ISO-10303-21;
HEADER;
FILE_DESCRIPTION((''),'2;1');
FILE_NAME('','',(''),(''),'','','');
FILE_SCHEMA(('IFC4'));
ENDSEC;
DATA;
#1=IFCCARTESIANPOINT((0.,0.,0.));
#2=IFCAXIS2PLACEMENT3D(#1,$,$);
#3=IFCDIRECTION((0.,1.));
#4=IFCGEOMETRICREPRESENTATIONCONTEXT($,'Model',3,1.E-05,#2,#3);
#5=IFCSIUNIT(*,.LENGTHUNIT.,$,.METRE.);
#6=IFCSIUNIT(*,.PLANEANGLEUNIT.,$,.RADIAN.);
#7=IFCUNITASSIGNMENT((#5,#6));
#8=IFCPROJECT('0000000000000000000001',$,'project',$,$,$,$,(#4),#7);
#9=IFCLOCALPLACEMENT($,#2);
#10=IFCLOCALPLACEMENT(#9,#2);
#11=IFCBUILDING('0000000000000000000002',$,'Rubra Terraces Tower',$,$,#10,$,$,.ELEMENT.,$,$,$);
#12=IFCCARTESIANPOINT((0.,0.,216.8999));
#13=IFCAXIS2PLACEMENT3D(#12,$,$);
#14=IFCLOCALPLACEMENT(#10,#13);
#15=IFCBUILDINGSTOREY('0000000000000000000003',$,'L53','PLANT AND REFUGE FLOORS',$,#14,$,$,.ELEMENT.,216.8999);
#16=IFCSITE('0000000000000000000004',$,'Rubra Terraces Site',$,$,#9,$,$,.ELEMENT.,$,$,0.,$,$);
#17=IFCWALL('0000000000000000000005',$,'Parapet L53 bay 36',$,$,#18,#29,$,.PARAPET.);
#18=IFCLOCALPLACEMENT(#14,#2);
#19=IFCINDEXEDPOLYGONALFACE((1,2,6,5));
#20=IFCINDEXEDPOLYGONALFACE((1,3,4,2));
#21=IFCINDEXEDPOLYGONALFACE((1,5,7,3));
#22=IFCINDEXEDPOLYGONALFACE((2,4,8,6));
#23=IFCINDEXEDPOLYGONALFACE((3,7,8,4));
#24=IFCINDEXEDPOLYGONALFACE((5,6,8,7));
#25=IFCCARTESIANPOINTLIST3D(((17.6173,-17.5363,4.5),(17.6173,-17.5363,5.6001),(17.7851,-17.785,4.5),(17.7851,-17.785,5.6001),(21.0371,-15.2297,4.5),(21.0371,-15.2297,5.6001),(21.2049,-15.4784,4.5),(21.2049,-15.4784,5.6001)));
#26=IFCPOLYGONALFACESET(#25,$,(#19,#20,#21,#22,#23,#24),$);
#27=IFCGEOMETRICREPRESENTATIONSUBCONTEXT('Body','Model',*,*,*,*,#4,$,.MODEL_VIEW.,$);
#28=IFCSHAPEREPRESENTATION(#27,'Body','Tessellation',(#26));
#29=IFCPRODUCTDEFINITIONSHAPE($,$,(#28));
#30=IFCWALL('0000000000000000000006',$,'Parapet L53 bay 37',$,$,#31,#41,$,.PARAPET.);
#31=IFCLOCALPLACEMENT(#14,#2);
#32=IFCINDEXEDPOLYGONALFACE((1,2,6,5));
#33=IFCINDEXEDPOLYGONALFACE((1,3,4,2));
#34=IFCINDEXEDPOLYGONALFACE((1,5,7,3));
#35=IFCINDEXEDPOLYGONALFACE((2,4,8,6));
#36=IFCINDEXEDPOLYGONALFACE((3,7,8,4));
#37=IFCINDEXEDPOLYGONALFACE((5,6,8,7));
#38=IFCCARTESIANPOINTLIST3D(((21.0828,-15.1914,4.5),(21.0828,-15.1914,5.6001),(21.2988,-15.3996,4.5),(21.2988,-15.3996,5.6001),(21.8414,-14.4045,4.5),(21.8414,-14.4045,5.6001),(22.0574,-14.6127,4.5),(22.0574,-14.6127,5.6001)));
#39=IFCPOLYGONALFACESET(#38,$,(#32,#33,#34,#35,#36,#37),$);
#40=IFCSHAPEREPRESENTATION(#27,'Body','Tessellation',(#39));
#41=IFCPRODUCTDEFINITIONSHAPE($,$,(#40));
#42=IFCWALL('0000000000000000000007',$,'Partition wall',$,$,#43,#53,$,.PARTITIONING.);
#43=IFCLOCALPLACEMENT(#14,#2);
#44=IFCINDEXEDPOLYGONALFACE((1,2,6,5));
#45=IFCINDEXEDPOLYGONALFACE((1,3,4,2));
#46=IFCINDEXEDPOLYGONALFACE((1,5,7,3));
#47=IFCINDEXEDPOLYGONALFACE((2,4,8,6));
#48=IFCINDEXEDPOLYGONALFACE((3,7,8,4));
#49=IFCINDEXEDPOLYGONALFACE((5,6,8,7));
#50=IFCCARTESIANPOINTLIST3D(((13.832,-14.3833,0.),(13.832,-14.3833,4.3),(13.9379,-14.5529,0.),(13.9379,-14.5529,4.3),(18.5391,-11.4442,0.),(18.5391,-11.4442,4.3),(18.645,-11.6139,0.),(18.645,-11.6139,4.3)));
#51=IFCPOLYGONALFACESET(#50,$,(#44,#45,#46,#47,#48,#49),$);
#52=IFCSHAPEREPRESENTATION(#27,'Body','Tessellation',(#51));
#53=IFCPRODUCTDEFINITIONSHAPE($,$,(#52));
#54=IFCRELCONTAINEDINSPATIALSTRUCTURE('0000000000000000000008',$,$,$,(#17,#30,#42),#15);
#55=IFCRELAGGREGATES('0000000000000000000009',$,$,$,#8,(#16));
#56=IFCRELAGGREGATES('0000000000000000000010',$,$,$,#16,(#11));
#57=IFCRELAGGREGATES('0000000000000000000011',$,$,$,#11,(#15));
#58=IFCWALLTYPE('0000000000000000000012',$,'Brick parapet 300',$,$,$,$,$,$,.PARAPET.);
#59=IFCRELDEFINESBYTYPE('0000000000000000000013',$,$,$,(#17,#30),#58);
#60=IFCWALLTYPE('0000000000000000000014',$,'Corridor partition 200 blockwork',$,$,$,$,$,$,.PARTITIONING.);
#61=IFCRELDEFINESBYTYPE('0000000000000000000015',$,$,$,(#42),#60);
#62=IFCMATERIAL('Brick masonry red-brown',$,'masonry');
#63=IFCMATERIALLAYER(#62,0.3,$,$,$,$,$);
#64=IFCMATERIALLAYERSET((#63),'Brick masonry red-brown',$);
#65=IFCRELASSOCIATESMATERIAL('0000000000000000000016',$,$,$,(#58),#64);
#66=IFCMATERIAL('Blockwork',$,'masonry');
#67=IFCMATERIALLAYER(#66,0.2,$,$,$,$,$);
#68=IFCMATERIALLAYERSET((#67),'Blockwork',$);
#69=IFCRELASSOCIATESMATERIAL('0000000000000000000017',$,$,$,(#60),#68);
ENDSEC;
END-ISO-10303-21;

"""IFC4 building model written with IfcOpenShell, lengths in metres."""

from ifc_helpers import new_model, si_unit, direction, frame, frame_2d, origin, place, context, subcontext, project, spatial, rectangle, extrude, material, layer, layer_set, type_object, element, save


model = new_model("IFC4")

# Units and contexts
model_context = context("Model", 3, precision=1e-05, world=origin(), true_north=direction((0.0, 1.0)))
body_context = subcontext(model_context, "Body", "Model", "MODEL_VIEW")
ifc_project = project(units=[si_unit("LENGTHUNIT", "METRE"), si_unit("PLANEANGLEUNIT", "RADIAN")], contexts=[model_context])

# Site, building, storey
site_placement = place(None, origin())
site = spatial("IfcSite", under=ifc_project, at=site_placement, Name="Rubra Terraces Site", CompositionType="ELEMENT", RefElevation=0.0)
building_placement = place(site_placement, origin())
building = spatial("IfcBuilding", under=site, at=building_placement, Name="Rubra Terraces Tower", CompositionType="ELEMENT")
storey_placement = place(building_placement, frame((0.0, 0.0, 216.8999)))
storey = spatial("IfcBuildingStorey", under=building, at=storey_placement, Name="L53", Description="PLANT AND REFUGE FLOORS", CompositionType="ELEMENT", Elevation=216.8999)

# Shared definitions
ifc_material_1 = material(Name="Brick masonry red-brown", Category="masonry")

# Walls
ifc_layer_1 = layer(ifc_material_1, 0.3)
ifc_layer_set_1 = layer_set([ifc_layer_1], Name="Brick masonry red-brown")
wall_type_1 = type_object("IfcWallType", Name="Brick parapet 300", PredefinedType="PARAPET", material=ifc_layer_set_1)
wall_1_placement = place(storey_placement, frame((17.7012, -17.6606, 4.5), z_axis=(0.0, 0.0, 1.0), x_axis=(0.829052, 0.559172, 0.0)))
element("IfcWall", 1, at=wall_1_placement, inside=storey, type_object=wall_type_1, Name="Parapet L53 bay 36", PredefinedType="PARAPET", context=body_context, shape_type="SweptSolid", body=[
    extrude(rectangle(XDim=4.125, YDim=0.3, at=frame_2d((2.0625, 0.0))), origin(), (0.0, 0.0, 1.0), 1.1001),
])
wall_2_placement = place(storey_placement, frame((21.1909, -15.2954, 4.5), z_axis=(0.0, 0.0, 1.0), x_axis=(0.694032, 0.719944, 0.0)))
element("IfcWall", 2, at=wall_2_placement, inside=storey, type_object=wall_type_1, Name="Parapet L53 bay 37", PredefinedType="PARAPET", context=body_context, shape_type="SweptSolid", body=[
    extrude(rectangle(XDim=1.093, YDim=0.3, at=frame_2d((0.5464, 0.0))), origin(), (0.0, 0.0, 1.0), 1.1001),
])
ifc_material_2 = material(Name="Blockwork", Category="masonry")
ifc_layer_2 = layer(ifc_material_2, 0.2)
ifc_layer_set_2 = layer_set([ifc_layer_2], Name="Blockwork")
wall_type_2 = type_object("IfcWallType", Name="Corridor partition 200 blockwork", PredefinedType="PARTITIONING", material=ifc_layer_set_2)
wall_3_placement = place(storey_placement, frame((18.592, -11.5291, 0.0), z_axis=(0.0, 0.0, 1.0), x_axis=(-0.848235, -0.529619, 0.0)))
element("IfcWall", 3, at=wall_3_placement, inside=storey, type_object=wall_type_2, Name="Partition wall", PredefinedType="PARTITIONING", context=body_context, shape_type="SweptSolid", body=[
    extrude(rectangle(XDim=5.5493, YDim=0.2, at=frame_2d((2.7747, 0.0))), origin(), (0.0, 0.0, 1.0), 4.3),
])

save(model, "model.ifc")
